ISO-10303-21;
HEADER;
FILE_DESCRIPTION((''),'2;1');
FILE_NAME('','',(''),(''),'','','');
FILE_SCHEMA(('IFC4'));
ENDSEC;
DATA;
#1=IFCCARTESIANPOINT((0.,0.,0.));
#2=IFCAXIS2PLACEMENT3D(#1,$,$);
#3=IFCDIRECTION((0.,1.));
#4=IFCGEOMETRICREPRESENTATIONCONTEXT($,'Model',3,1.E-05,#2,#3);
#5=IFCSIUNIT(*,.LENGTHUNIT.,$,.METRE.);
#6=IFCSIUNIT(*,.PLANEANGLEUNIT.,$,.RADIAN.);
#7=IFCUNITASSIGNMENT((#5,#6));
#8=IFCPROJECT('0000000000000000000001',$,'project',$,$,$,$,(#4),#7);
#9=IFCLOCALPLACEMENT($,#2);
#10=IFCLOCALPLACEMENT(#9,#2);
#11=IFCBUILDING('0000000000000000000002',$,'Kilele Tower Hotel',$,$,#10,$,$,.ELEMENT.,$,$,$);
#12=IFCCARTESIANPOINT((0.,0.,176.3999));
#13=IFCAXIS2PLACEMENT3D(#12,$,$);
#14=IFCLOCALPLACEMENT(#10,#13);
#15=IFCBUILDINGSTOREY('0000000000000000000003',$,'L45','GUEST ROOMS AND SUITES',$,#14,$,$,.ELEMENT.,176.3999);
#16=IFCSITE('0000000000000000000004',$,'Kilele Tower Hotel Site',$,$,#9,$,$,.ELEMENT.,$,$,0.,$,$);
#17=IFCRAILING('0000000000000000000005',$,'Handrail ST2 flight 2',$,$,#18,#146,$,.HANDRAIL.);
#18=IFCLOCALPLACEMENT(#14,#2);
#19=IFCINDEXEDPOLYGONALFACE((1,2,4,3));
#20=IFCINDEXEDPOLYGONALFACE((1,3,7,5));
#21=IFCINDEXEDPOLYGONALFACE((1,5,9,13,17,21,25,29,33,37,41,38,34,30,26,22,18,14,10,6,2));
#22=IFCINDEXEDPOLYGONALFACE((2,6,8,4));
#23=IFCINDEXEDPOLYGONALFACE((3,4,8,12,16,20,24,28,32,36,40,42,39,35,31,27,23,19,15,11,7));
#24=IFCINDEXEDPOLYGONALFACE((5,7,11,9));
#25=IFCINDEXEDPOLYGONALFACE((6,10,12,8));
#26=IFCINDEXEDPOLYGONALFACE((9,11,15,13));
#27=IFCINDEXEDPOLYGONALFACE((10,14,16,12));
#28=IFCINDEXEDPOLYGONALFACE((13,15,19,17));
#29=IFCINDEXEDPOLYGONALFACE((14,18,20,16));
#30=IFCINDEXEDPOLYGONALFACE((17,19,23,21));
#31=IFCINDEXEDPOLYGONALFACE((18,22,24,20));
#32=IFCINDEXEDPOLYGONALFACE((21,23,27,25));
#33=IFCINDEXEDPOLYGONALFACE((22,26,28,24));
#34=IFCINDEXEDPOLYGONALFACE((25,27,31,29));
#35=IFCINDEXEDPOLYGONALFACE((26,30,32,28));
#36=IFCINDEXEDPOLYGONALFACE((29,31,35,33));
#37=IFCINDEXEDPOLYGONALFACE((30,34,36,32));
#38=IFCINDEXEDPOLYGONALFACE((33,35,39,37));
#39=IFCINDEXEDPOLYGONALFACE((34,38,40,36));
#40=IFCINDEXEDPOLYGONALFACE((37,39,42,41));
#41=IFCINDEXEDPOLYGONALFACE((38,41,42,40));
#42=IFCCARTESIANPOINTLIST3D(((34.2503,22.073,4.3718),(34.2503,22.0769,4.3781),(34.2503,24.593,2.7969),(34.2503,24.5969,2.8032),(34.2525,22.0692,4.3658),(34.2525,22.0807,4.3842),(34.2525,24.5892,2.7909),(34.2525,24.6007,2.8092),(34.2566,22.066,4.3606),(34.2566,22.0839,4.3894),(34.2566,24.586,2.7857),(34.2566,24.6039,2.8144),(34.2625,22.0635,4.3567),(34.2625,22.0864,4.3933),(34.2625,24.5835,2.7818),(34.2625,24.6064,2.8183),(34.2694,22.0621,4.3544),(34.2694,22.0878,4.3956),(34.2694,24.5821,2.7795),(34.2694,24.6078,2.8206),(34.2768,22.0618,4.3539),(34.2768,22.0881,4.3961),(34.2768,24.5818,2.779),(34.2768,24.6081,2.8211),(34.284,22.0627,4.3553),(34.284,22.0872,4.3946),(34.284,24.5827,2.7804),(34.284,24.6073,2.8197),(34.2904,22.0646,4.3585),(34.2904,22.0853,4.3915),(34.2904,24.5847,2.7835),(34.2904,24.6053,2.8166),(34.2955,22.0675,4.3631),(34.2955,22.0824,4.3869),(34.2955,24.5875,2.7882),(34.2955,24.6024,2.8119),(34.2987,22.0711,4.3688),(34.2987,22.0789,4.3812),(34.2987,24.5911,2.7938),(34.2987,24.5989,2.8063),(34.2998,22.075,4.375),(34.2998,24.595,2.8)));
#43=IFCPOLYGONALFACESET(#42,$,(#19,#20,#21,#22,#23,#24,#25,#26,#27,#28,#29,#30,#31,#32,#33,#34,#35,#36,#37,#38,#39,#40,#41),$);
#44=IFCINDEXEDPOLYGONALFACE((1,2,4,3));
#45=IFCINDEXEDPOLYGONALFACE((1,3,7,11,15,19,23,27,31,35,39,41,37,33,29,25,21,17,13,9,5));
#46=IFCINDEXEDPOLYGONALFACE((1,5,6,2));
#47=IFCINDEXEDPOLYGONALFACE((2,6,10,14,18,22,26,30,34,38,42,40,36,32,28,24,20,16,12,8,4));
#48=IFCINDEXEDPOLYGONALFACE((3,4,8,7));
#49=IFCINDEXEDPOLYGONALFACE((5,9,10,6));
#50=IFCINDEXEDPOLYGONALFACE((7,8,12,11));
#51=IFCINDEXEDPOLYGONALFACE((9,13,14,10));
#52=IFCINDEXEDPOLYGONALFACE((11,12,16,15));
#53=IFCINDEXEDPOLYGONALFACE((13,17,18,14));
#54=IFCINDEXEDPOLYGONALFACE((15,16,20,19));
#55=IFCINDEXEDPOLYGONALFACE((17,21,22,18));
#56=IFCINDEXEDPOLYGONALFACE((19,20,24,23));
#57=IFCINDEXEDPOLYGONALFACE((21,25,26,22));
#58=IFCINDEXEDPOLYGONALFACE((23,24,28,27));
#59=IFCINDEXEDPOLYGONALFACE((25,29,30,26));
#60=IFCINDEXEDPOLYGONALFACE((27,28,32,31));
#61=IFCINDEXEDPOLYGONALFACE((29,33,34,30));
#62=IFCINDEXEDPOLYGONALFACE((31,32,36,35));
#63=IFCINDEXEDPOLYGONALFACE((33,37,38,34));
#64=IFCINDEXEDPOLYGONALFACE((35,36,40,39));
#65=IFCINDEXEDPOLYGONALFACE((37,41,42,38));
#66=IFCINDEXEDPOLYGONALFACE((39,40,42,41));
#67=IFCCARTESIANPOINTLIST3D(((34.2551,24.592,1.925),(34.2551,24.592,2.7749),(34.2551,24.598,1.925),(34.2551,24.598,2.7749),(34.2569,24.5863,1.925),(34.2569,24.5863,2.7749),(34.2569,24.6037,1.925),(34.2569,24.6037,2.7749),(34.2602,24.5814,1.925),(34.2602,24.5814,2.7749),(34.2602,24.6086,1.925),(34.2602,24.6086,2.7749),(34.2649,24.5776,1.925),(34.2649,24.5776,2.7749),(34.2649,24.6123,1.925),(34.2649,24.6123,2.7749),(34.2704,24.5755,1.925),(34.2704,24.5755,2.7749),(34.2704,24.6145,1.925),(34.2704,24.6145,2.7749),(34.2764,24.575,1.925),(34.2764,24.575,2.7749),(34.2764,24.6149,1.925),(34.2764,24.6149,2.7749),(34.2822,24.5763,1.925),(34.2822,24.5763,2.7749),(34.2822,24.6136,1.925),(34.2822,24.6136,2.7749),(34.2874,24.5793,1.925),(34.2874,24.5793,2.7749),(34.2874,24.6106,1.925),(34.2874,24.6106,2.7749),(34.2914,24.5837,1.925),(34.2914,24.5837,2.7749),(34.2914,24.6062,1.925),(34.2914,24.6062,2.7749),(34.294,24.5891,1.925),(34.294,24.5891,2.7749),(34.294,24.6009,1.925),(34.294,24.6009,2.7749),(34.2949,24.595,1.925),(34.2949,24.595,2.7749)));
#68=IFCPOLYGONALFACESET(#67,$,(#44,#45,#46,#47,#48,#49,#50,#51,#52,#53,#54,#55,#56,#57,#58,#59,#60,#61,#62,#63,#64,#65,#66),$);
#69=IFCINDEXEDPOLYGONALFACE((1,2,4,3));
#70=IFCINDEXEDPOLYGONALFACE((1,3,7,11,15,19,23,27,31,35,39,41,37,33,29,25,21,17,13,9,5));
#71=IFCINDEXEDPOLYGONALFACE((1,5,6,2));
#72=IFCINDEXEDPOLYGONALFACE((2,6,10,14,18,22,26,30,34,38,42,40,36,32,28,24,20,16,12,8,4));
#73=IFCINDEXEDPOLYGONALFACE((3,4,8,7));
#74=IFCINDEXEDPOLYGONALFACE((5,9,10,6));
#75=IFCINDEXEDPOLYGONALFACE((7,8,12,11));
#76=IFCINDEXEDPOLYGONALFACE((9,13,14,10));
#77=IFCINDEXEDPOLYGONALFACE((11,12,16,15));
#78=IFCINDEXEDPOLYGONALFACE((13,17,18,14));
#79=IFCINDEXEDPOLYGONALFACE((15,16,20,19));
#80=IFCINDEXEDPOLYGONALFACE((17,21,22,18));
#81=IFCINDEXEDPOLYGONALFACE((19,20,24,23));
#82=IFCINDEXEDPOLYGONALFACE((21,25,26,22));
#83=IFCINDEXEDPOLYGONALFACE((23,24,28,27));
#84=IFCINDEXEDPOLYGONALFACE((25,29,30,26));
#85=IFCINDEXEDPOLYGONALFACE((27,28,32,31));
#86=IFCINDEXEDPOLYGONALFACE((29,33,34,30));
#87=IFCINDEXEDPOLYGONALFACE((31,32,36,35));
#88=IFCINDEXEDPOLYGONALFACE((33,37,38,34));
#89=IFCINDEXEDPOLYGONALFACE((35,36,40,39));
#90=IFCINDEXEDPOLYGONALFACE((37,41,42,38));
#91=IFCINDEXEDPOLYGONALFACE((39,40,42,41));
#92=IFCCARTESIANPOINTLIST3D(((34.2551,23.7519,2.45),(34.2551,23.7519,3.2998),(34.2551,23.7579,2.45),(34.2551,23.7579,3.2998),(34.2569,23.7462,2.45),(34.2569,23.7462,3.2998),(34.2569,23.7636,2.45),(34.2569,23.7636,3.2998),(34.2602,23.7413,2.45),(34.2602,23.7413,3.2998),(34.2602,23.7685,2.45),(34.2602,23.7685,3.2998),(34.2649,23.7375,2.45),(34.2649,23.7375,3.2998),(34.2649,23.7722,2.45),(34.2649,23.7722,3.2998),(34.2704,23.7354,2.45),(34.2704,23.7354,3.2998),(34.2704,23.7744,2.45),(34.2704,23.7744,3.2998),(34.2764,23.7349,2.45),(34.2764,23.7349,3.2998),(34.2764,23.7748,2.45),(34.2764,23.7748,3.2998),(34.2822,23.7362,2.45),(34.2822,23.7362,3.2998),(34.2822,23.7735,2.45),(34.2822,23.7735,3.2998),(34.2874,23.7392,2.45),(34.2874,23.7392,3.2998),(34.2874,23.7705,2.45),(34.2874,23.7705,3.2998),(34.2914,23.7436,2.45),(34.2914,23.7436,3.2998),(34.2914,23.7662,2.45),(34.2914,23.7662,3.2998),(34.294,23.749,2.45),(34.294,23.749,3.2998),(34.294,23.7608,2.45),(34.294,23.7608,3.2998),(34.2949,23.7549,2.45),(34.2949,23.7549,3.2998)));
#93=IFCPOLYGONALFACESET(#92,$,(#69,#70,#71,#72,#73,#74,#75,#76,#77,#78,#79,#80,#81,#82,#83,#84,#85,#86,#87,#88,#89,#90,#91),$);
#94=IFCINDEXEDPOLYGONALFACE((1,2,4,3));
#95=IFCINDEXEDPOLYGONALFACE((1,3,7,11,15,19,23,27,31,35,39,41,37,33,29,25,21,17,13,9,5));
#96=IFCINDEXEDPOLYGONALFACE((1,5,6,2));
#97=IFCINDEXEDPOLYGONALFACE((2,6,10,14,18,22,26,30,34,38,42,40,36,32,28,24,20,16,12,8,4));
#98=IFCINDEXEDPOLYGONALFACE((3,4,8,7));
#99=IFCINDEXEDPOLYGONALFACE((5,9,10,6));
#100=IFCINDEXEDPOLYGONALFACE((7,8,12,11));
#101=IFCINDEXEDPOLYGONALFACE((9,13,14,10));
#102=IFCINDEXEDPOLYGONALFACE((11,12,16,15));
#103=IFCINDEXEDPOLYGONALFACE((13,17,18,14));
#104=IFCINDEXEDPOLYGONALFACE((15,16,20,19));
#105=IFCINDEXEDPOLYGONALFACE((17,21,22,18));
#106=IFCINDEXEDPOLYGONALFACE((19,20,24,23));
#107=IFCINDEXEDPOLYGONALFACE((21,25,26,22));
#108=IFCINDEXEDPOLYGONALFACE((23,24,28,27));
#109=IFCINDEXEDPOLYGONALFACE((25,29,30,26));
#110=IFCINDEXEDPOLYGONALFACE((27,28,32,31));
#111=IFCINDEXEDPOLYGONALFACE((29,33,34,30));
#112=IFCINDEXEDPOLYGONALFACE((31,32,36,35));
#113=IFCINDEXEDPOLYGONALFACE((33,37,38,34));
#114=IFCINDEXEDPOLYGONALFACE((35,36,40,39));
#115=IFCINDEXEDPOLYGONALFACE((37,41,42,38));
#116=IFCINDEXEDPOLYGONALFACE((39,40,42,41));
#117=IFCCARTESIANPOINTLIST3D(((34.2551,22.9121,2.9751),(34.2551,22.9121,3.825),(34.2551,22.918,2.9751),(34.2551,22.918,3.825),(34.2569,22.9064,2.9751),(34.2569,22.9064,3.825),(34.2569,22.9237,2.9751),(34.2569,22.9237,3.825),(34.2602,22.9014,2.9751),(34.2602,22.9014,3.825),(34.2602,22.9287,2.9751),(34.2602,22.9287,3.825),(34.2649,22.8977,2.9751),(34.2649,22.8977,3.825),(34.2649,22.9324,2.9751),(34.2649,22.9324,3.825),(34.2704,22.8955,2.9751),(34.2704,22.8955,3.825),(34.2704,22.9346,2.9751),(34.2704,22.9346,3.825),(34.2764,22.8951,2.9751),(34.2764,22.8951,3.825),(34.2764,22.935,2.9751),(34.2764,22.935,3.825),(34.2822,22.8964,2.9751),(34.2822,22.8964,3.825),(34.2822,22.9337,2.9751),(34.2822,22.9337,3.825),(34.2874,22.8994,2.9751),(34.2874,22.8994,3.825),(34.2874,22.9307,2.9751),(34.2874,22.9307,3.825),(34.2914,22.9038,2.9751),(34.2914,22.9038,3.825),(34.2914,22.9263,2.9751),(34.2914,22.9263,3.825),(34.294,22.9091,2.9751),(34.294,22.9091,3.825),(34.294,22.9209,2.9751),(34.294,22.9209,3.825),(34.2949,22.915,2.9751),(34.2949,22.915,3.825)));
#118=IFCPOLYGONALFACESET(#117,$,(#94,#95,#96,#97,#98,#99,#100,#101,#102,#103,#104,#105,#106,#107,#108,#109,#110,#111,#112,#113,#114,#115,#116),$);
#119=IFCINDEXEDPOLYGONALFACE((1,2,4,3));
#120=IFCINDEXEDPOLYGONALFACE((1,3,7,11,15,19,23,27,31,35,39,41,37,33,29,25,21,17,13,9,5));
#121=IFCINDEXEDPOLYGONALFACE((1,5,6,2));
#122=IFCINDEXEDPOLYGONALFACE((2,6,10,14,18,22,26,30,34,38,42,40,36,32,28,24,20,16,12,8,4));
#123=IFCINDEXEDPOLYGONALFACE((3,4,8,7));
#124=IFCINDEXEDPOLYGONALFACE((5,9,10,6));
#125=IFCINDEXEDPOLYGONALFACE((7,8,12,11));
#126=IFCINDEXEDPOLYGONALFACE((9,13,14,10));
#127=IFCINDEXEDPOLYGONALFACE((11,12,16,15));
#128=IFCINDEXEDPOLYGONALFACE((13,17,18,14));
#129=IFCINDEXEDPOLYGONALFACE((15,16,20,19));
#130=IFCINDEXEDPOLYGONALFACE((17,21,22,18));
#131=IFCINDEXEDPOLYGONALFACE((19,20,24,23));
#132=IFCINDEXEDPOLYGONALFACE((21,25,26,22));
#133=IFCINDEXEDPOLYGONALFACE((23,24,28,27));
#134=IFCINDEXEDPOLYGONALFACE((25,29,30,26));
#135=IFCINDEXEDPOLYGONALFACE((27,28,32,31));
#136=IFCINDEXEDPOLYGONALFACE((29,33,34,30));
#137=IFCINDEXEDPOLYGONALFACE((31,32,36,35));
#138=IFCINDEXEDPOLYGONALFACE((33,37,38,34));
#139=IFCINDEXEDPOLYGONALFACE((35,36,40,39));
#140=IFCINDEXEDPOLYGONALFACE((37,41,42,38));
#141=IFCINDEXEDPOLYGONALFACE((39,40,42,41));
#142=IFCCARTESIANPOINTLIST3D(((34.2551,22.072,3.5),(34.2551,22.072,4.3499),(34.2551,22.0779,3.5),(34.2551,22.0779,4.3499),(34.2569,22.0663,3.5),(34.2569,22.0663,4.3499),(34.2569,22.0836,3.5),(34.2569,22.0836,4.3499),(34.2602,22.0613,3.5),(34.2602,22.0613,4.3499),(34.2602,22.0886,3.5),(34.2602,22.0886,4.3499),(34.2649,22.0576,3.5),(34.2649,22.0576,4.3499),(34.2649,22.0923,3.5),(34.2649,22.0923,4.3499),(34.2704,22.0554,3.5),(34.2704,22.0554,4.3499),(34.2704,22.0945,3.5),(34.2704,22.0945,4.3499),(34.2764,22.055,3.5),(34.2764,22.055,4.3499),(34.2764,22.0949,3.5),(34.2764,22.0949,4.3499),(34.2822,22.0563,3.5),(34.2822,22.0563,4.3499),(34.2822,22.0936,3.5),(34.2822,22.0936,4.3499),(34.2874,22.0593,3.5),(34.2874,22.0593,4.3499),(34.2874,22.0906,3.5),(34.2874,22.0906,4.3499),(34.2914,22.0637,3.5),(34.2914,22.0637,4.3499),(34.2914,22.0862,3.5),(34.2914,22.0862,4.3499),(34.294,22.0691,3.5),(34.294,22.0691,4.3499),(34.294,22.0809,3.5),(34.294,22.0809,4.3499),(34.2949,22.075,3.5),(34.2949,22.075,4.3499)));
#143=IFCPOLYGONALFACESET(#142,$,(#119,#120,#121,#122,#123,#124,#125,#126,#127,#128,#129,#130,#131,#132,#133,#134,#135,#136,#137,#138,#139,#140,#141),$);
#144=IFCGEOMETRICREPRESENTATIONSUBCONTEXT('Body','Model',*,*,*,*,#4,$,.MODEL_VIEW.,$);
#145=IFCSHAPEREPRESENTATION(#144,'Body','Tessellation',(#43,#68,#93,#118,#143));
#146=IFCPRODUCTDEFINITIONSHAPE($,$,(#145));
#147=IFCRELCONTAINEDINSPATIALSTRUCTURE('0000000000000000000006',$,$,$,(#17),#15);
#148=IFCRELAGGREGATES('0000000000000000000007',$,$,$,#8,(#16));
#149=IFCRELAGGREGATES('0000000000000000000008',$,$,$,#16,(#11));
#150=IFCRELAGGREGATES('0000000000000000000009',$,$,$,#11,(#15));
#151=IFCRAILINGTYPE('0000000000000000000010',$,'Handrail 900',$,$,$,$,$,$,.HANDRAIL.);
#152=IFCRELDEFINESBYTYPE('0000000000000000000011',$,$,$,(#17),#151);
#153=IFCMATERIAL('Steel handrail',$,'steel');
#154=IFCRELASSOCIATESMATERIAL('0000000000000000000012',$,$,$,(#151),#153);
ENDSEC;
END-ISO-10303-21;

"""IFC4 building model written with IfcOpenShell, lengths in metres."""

from ifc_helpers import new_model, si_unit, direction, frame, origin, origin_2d, place, context, subcontext, project, spatial, circle, extrude, material, type_object, element, save


model = new_model("IFC4")

# Units and contexts
model_context = context("Model", 3, precision=1e-05, world=origin(), true_north=direction((0.0, 1.0)))
body_context = subcontext(model_context, "Body", "Model", "MODEL_VIEW")
ifc_project = project(units=[si_unit("LENGTHUNIT", "METRE"), si_unit("PLANEANGLEUNIT", "RADIAN")], contexts=[model_context])

# Site, building, storey
site_placement = place(None, origin())
site = spatial("IfcSite", under=ifc_project, at=site_placement, Name="Kilele Tower Hotel Site", CompositionType="ELEMENT", RefElevation=0.0)
building_placement = place(site_placement, origin())
building = spatial("IfcBuilding", under=site, at=building_placement, Name="Kilele Tower Hotel", CompositionType="ELEMENT")
storey_placement = place(building_placement, frame((0.0, 0.0, 176.3999)))
storey = spatial("IfcBuildingStorey", under=building, at=storey_placement, Name="L45", Description="GUEST ROOMS AND SUITES", CompositionType="ELEMENT", Elevation=176.3999)

# Railing
ifc_material_1 = material(Name="Steel handrail", Category="steel")
railing_type_1 = type_object("IfcRailingType", Name="Handrail 900", PredefinedType="HANDRAIL", material=ifc_material_1)
for number, where, name in (
    (1, (34.2749, 24.595, 1.925), "Handrail ST2 flight 2"),
):
    element("IfcRailing", number, at=place(storey_placement, frame(where)), inside=storey, type_object=railing_type_1, Name=name, PredefinedType="HANDRAIL", context=body_context, shape_type="SweptSolid", body=[
        extrude(circle(Radius=0.0249, at=origin_2d()), frame((0.0, 0.0, 0.875), z_axis=(0.0, -0.848008, 0.529984), x_axis=(1.0, 0.0, 0.0)), (0.0, 0.0, 1.0), 2.9717),
        extrude(circle(Radius=0.02, at=origin_2d()), origin(), (0.0, 0.0, 1.0), 0.8499),
        extrude(circle(Radius=0.02, at=origin_2d()), frame((0.0, -0.8401, 0.5249)), (0.0, 0.0, 1.0), 0.8499),
        extrude(circle(Radius=0.02, at=origin_2d()), frame((0.0, -1.6799, 1.05)), (0.0, 0.0, 1.0), 0.8499),
        extrude(circle(Radius=0.02, at=origin_2d()), frame((0.0, -2.52, 1.575)), (0.0, 0.0, 1.0), 0.8499),
    ])

save(model, "model.ifc")
